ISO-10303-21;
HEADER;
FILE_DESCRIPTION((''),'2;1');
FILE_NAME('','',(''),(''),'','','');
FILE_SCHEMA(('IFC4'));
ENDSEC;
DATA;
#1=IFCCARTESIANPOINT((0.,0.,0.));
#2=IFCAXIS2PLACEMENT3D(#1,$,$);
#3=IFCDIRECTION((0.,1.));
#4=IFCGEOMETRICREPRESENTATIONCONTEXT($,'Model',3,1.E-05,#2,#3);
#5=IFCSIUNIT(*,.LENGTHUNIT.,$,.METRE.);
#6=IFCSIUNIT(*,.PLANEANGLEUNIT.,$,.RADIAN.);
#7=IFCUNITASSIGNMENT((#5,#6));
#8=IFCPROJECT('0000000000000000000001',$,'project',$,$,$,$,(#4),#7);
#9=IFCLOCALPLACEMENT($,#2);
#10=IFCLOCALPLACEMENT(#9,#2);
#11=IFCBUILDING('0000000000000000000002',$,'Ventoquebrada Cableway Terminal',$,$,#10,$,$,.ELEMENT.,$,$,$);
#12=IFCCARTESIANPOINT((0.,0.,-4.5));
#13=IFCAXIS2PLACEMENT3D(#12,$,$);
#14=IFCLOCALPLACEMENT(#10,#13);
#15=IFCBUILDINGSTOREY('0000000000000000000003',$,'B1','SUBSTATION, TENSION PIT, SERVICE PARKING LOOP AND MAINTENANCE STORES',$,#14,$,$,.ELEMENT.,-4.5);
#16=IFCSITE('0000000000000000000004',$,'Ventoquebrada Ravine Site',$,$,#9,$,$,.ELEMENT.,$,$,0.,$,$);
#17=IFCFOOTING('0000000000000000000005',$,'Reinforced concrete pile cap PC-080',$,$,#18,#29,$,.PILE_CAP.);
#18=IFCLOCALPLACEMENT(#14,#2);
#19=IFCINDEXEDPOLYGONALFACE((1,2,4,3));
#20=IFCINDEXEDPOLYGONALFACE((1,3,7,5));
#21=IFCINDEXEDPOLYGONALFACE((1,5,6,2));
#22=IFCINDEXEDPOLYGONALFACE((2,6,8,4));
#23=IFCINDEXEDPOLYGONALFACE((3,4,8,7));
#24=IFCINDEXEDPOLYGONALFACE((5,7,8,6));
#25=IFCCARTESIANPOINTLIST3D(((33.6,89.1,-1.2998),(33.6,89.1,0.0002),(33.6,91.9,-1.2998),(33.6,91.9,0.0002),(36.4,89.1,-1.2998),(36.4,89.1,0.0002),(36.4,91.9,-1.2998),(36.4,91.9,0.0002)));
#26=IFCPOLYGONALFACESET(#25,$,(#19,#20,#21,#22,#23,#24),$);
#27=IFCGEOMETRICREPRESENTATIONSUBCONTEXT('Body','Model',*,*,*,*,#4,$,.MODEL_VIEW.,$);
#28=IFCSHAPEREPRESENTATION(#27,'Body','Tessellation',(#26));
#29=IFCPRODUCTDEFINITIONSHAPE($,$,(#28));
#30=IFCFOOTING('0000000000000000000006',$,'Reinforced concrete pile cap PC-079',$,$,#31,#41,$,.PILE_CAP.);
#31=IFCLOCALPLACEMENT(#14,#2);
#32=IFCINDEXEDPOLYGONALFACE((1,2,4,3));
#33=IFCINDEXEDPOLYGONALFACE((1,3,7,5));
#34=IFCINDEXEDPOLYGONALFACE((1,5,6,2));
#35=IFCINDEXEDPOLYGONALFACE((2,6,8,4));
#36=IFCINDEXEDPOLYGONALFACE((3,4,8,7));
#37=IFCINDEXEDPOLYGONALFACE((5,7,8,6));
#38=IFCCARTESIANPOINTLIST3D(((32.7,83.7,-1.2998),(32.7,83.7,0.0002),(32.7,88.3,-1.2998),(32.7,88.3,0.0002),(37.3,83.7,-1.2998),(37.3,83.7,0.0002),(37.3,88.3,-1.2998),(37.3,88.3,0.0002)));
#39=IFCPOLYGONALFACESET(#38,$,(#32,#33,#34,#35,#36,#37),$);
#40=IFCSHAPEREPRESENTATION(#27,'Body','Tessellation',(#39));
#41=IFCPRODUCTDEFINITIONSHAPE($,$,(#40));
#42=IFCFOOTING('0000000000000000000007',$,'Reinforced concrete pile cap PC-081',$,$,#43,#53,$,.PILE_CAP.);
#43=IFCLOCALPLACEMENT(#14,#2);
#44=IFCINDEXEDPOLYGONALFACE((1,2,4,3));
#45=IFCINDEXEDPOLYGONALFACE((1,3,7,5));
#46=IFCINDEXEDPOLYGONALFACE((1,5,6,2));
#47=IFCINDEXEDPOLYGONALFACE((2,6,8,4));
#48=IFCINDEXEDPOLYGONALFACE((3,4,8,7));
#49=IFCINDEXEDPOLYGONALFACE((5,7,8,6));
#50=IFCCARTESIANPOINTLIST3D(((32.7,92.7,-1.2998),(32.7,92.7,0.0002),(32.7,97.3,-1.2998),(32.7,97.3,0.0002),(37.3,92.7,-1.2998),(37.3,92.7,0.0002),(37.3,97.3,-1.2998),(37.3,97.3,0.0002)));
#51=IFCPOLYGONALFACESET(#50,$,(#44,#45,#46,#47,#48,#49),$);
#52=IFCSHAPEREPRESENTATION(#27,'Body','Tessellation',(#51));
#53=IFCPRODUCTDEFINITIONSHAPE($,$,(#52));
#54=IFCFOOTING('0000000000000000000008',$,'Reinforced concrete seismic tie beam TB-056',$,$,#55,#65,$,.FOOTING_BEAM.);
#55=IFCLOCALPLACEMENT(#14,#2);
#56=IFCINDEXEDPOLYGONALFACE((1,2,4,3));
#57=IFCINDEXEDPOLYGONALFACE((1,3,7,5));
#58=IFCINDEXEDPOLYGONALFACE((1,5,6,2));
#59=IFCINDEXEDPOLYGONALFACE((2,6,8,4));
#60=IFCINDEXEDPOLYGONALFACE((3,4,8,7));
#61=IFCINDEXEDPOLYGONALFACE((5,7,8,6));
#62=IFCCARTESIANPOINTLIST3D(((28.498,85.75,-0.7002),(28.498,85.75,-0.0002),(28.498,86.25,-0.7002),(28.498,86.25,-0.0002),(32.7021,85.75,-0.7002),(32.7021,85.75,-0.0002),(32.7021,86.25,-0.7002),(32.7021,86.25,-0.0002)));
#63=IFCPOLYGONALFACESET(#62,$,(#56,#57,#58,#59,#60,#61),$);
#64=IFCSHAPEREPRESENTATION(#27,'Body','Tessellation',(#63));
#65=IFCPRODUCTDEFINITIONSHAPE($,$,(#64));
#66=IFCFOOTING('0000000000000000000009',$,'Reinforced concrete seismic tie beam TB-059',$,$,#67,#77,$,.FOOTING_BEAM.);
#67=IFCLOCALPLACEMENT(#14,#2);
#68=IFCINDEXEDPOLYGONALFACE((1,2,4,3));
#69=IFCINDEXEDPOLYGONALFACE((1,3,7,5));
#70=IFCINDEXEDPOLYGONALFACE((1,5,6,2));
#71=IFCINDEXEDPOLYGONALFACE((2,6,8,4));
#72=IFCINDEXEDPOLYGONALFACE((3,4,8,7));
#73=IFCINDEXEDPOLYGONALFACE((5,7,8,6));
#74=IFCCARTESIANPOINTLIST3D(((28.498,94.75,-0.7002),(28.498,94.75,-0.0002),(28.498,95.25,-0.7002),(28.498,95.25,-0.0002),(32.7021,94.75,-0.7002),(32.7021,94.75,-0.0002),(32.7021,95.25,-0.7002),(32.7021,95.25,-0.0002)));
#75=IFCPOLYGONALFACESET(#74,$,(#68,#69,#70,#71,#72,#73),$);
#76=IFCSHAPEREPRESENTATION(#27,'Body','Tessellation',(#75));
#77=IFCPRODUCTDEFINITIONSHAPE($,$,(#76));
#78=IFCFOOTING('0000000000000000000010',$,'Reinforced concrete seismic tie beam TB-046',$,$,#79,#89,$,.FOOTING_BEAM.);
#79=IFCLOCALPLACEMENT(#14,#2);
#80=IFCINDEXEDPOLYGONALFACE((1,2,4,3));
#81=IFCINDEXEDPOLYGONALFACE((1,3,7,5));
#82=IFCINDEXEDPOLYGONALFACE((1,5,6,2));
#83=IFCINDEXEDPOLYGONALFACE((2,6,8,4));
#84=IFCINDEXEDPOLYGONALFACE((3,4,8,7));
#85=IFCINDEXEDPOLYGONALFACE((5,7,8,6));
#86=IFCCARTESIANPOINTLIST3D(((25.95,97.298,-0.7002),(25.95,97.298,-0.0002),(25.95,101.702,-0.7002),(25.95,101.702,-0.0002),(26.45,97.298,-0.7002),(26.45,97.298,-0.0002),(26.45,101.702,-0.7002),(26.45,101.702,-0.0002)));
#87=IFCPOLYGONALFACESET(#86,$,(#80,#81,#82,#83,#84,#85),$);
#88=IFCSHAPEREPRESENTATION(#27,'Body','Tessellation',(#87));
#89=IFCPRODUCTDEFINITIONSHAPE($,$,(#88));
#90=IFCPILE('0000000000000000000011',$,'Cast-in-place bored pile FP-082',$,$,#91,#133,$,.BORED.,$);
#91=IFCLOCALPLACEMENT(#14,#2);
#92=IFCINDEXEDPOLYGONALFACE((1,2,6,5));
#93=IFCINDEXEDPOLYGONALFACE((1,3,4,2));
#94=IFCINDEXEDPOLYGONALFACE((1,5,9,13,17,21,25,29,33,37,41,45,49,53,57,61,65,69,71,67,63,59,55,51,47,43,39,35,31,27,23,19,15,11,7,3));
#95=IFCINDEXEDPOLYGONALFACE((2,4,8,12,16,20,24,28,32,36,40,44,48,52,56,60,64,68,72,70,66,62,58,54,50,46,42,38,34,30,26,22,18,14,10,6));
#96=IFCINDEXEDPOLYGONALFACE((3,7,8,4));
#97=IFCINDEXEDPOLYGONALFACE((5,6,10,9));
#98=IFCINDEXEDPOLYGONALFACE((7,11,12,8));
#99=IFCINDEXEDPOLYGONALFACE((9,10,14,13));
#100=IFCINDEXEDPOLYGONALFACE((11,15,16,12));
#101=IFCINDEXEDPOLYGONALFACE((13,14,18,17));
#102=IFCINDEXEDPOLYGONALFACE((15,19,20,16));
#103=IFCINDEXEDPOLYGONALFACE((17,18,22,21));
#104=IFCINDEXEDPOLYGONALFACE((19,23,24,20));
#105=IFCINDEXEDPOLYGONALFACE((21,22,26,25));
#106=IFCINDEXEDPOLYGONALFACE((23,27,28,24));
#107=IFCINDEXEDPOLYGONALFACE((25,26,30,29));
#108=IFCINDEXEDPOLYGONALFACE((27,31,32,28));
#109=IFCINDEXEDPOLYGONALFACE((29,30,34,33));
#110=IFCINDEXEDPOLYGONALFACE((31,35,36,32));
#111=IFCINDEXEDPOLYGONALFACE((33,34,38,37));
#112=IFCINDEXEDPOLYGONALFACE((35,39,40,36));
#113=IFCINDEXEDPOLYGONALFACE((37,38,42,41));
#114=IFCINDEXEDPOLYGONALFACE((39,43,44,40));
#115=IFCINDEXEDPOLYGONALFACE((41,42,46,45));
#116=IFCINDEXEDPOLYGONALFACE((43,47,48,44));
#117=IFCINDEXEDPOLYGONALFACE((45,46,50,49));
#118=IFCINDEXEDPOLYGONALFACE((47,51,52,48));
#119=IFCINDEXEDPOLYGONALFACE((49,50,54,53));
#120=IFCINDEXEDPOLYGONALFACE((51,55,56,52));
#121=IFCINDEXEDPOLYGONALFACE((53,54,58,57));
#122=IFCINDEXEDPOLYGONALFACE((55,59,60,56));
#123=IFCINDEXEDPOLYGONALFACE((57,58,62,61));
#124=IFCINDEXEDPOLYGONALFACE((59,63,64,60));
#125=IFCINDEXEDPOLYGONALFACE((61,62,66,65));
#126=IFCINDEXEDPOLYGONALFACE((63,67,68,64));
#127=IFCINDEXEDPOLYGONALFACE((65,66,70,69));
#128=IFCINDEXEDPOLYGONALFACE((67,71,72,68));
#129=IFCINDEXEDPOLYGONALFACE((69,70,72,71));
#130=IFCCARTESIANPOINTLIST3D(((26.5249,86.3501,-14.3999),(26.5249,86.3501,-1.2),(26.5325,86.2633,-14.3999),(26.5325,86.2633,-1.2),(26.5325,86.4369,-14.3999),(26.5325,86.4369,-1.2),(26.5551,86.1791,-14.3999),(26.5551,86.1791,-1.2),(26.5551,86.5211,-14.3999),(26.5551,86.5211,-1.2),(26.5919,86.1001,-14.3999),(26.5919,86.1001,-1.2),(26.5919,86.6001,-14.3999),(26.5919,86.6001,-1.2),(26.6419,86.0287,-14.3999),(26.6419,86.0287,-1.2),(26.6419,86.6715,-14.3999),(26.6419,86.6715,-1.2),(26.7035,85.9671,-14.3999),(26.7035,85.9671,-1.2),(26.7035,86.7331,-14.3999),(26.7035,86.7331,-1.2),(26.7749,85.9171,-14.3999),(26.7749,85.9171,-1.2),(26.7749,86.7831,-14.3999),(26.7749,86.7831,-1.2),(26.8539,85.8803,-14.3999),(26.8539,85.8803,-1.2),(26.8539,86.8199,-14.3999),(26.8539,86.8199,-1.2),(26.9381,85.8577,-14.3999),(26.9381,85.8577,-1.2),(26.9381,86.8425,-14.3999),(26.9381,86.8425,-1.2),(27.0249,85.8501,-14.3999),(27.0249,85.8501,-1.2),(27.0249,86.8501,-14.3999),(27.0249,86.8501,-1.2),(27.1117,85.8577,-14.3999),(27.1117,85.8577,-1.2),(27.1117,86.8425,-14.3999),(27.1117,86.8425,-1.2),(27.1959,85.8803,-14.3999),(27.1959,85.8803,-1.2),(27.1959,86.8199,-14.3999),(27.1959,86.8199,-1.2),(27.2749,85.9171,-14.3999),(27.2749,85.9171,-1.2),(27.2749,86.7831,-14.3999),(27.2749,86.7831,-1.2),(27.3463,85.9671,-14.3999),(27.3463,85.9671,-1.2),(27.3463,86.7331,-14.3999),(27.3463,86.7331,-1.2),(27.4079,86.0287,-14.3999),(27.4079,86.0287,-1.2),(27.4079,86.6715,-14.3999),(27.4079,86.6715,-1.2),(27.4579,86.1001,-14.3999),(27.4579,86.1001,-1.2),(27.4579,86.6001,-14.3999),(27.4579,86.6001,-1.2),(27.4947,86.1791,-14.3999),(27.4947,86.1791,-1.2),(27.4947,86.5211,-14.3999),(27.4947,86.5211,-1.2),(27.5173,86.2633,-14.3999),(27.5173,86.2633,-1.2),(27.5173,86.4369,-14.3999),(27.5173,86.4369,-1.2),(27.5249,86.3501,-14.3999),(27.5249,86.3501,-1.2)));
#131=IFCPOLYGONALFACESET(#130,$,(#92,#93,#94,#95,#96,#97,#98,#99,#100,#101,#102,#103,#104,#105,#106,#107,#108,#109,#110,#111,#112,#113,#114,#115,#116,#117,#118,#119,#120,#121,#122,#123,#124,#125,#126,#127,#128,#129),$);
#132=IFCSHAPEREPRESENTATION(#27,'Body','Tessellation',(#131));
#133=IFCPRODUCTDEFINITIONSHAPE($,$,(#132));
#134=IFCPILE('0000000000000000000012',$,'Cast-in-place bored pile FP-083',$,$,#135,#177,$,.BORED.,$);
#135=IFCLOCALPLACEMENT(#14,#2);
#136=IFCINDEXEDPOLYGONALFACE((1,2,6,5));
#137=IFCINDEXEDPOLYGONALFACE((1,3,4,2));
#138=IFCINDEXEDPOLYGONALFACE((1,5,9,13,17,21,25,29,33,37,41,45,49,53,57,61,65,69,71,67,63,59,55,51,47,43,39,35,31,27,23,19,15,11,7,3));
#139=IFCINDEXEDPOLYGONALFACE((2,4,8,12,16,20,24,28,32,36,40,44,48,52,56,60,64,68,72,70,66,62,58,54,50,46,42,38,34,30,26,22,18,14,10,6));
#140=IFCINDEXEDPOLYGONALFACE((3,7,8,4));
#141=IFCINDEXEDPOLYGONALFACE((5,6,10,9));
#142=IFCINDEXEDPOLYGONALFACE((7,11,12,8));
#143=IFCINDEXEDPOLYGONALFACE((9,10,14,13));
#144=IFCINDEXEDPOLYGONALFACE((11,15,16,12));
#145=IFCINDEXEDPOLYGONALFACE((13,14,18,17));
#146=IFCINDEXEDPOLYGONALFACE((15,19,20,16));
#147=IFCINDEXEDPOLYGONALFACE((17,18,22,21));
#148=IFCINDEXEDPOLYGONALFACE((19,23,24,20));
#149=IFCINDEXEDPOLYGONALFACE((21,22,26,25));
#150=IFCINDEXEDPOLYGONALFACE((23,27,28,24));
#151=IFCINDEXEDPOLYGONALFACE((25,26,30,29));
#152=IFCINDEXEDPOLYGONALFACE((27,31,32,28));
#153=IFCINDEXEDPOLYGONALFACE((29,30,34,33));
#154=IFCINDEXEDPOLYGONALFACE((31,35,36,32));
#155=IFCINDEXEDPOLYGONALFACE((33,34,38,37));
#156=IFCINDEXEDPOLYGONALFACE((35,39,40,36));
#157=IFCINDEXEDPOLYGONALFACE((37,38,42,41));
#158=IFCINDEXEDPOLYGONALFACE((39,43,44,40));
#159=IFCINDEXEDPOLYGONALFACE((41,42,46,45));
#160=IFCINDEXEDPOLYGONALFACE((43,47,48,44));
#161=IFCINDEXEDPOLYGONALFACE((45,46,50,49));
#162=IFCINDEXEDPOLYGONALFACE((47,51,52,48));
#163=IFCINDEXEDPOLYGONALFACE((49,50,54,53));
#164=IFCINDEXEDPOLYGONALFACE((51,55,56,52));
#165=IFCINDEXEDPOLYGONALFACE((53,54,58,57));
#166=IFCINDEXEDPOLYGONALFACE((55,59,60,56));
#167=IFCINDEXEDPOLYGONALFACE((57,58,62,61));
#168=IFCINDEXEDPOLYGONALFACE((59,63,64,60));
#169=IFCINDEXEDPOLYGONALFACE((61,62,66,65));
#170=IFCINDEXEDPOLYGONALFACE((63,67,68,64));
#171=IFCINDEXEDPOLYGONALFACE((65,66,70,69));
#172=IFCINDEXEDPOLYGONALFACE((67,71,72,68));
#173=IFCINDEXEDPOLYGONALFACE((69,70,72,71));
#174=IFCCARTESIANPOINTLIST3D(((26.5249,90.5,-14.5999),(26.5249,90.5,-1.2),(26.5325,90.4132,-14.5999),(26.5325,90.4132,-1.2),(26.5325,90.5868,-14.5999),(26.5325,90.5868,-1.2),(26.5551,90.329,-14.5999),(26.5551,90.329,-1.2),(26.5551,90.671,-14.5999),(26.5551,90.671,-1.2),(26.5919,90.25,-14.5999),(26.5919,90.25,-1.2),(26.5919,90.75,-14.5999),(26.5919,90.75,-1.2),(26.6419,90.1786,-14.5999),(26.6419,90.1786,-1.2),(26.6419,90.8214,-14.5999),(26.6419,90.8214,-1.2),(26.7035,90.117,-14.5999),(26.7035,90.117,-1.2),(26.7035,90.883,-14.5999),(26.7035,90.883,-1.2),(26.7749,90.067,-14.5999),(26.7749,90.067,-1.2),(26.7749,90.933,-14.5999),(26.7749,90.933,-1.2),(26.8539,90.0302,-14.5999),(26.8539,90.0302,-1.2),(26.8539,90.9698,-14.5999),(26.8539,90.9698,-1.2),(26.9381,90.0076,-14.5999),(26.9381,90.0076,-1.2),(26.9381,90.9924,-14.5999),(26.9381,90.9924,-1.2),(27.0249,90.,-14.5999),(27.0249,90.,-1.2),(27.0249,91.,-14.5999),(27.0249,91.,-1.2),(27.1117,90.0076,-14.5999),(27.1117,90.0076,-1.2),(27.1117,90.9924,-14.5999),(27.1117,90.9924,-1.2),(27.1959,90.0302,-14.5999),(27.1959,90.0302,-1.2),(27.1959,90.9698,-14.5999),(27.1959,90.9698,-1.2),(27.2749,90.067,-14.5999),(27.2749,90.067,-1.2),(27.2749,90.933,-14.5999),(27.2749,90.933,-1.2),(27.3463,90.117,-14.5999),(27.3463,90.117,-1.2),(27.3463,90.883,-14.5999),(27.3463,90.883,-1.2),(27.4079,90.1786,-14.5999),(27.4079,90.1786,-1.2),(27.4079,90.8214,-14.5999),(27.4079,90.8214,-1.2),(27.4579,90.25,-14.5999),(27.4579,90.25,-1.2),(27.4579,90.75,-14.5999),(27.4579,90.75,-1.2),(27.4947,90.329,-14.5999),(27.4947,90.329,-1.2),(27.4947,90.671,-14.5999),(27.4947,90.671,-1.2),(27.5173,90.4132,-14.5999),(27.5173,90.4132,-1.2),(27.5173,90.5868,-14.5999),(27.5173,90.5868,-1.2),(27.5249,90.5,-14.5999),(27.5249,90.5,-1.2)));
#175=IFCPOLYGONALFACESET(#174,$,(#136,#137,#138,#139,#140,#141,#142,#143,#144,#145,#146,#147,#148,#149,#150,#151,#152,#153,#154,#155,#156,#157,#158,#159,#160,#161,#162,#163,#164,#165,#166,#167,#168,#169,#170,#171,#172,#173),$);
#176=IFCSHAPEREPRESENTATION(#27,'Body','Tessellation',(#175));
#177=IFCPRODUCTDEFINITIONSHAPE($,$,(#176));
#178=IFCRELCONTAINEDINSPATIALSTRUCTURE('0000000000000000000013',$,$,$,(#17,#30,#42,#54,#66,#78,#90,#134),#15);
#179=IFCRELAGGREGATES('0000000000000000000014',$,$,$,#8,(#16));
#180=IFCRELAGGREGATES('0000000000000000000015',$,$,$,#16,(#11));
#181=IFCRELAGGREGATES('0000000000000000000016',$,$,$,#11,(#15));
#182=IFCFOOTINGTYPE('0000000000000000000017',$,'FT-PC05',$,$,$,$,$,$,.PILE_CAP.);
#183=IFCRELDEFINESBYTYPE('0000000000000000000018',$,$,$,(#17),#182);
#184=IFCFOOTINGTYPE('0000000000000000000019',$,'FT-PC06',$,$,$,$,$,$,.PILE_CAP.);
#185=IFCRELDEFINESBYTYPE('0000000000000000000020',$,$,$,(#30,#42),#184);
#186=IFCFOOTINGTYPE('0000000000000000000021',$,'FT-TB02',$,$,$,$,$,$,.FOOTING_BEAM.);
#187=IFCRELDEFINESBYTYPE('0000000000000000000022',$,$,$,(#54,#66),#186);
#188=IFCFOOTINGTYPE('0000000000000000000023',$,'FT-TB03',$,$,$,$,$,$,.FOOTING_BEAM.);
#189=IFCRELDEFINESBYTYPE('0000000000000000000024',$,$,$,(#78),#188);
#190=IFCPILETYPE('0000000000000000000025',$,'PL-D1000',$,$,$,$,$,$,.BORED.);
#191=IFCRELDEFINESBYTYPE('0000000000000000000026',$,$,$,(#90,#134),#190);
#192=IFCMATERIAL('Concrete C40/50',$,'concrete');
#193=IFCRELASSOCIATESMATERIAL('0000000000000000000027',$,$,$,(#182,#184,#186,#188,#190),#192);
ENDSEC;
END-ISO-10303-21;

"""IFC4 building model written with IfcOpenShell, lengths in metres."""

from ifc_helpers import new_model, si_unit, direction, frame, origin, origin_2d, place, context, subcontext, project, spatial, rectangle, circle, extrude, material, material_profile, profile_set, type_object, element, save


model = new_model("IFC4")

# Units and contexts
model_context = context("Model", 3, precision=1e-05, world=origin(), true_north=direction((0.0, 1.0)))
body_context = subcontext(model_context, "Body", "Model", "MODEL_VIEW")
ifc_project = project(units=[si_unit("LENGTHUNIT", "METRE"), si_unit("PLANEANGLEUNIT", "RADIAN")], contexts=[model_context])

# Site, building, storey
site_placement = place(None, origin())
site = spatial("IfcSite", under=ifc_project, at=site_placement, Name="Ventoquebrada Ravine Site", CompositionType="ELEMENT", RefElevation=0.0)
building_placement = place(site_placement, origin())
building = spatial("IfcBuilding", under=site, at=building_placement, Name="Ventoquebrada Cableway Terminal", CompositionType="ELEMENT")
storey_placement = place(building_placement, frame((0.0, 0.0, -4.5)))
storey = spatial("IfcBuildingStorey", under=building, at=storey_placement, Name="B1", Description="SUBSTATION, TENSION PIT, SERVICE PARKING LOOP AND MAINTENANCE STORES", CompositionType="ELEMENT", Elevation=-4.5)

# Footings
ifc_material_1 = material(Name="Concrete C40/50", Category="concrete")
footing_type_1 = type_object("IfcFootingType", Name="FT-PC05", PredefinedType="PILE_CAP", material=ifc_material_1)
footing_1_placement = place(storey_placement, frame((35.0, 90.5, -1.2998), z_axis=(0.0, 0.0, 1.0), x_axis=(1.0, 0.0, 0.0)))
element("IfcFooting", 1, at=footing_1_placement, inside=storey, type_object=footing_type_1, Name="Reinforced concrete pile cap PC-080", PredefinedType="PILE_CAP", context=body_context, shape_type="SweptSolid", body=[
    extrude(rectangle(XDim=2.8, YDim=2.8, at=origin_2d()), origin(), (0.0, 0.0, 1.0), 1.3),
])
footing_type_2 = type_object("IfcFootingType", Name="FT-PC06", PredefinedType="PILE_CAP", material=ifc_material_1)
for number, where, z_axis, x_axis, name in (
    (2, (35.0, 86.0, -1.2998), (0.0, 0.0, 1.0), (1.0, 0.0, 0.0), "Reinforced concrete pile cap PC-079"),
    (3, (35.0, 95.0, -1.2998), (0.0, 0.0, 1.0), (1.0, 0.0, 0.0), "Reinforced concrete pile cap PC-081"),
):
    element("IfcFooting", number, at=place(storey_placement, frame(where, z_axis=z_axis, x_axis=x_axis)), inside=storey, type_object=footing_type_2, Name=name, PredefinedType="PILE_CAP", context=body_context, shape_type="SweptSolid", body=[
        extrude(rectangle(XDim=4.6001, YDim=4.6001, at=origin_2d()), origin(), (0.0, 0.0, 1.0), 1.3),
    ])
footing_type_3 = type_object("IfcFootingType", Name="FT-TB02", PredefinedType="FOOTING_BEAM", material=ifc_material_1)
for number, where, z_axis, x_axis, name in (
    (4, (30.6001, 86.0, -0.7002), (0.0, 0.0, 1.0), (1.0, 0.0, 0.0), "Reinforced concrete seismic tie beam TB-056"),
    (5, (30.6001, 95.0, -0.7002), (0.0, 0.0, 1.0), (1.0, 0.0, 0.0), "Reinforced concrete seismic tie beam TB-059"),
):
    element("IfcFooting", number, at=place(storey_placement, frame(where, z_axis=z_axis, x_axis=x_axis)), inside=storey, type_object=footing_type_3, Name=name, PredefinedType="FOOTING_BEAM", context=body_context, shape_type="SweptSolid", body=[
        extrude(rectangle(XDim=4.2041, YDim=0.5, at=origin_2d()), origin(), (0.0, 0.0, 1.0), 0.7),
    ])
footing_type_4 = type_object("IfcFootingType", Name="FT-TB03", PredefinedType="FOOTING_BEAM", material=ifc_material_1)
footing_2_placement = place(storey_placement, frame((26.2, 99.5, -0.7002), z_axis=(0.0, 0.0, 1.0), x_axis=(0.0, 1.0, 0.0)))
element("IfcFooting", 6, at=footing_2_placement, inside=storey, type_object=footing_type_4, Name="Reinforced concrete seismic tie beam TB-046", PredefinedType="FOOTING_BEAM", context=body_context, shape_type="SweptSolid", body=[
    extrude(rectangle(XDim=4.4041, YDim=0.5, at=origin_2d()), origin(), (0.0, 0.0, 1.0), 0.7),
])

# Piles
ifc_material_profile_1 = material_profile(ifc_material_1, circle(Radius=0.5, at=origin_2d()), Name="PILE-D1000")
ifc_profile_set_1 = profile_set([ifc_material_profile_1], Name="Concrete C40/50")
pile_type = type_object("IfcPileType", Name="PL-D1000", PredefinedType="BORED", material=ifc_profile_set_1)
pile_1_placement = place(storey_placement, frame((27.0249, 86.3501, -1.2), z_axis=(0.0, 0.0, -1.0), x_axis=(1.0, 0.0, 0.0)))
element("IfcPile", 7, at=pile_1_placement, inside=storey, type_object=pile_type, Name="Cast-in-place bored pile FP-082", PredefinedType="BORED", context=body_context, shape_type="SweptSolid", body=[
    extrude(circle(Radius=0.5, at=origin_2d()), origin(), (0.0, 0.0, 1.0), 13.2),
])
pile_2_placement = place(storey_placement, frame((27.0249, 90.5, -1.2), z_axis=(0.0, 0.0, -1.0), x_axis=(1.0, 0.0, 0.0)))
element("IfcPile", 8, at=pile_2_placement, inside=storey, type_object=pile_type, Name="Cast-in-place bored pile FP-083", PredefinedType="BORED", context=body_context, shape_type="SweptSolid", body=[
    extrude(circle(Radius=0.5, at=origin_2d()), origin(), (0.0, 0.0, 1.0), 13.3999),
])

save(model, "model.ifc")
